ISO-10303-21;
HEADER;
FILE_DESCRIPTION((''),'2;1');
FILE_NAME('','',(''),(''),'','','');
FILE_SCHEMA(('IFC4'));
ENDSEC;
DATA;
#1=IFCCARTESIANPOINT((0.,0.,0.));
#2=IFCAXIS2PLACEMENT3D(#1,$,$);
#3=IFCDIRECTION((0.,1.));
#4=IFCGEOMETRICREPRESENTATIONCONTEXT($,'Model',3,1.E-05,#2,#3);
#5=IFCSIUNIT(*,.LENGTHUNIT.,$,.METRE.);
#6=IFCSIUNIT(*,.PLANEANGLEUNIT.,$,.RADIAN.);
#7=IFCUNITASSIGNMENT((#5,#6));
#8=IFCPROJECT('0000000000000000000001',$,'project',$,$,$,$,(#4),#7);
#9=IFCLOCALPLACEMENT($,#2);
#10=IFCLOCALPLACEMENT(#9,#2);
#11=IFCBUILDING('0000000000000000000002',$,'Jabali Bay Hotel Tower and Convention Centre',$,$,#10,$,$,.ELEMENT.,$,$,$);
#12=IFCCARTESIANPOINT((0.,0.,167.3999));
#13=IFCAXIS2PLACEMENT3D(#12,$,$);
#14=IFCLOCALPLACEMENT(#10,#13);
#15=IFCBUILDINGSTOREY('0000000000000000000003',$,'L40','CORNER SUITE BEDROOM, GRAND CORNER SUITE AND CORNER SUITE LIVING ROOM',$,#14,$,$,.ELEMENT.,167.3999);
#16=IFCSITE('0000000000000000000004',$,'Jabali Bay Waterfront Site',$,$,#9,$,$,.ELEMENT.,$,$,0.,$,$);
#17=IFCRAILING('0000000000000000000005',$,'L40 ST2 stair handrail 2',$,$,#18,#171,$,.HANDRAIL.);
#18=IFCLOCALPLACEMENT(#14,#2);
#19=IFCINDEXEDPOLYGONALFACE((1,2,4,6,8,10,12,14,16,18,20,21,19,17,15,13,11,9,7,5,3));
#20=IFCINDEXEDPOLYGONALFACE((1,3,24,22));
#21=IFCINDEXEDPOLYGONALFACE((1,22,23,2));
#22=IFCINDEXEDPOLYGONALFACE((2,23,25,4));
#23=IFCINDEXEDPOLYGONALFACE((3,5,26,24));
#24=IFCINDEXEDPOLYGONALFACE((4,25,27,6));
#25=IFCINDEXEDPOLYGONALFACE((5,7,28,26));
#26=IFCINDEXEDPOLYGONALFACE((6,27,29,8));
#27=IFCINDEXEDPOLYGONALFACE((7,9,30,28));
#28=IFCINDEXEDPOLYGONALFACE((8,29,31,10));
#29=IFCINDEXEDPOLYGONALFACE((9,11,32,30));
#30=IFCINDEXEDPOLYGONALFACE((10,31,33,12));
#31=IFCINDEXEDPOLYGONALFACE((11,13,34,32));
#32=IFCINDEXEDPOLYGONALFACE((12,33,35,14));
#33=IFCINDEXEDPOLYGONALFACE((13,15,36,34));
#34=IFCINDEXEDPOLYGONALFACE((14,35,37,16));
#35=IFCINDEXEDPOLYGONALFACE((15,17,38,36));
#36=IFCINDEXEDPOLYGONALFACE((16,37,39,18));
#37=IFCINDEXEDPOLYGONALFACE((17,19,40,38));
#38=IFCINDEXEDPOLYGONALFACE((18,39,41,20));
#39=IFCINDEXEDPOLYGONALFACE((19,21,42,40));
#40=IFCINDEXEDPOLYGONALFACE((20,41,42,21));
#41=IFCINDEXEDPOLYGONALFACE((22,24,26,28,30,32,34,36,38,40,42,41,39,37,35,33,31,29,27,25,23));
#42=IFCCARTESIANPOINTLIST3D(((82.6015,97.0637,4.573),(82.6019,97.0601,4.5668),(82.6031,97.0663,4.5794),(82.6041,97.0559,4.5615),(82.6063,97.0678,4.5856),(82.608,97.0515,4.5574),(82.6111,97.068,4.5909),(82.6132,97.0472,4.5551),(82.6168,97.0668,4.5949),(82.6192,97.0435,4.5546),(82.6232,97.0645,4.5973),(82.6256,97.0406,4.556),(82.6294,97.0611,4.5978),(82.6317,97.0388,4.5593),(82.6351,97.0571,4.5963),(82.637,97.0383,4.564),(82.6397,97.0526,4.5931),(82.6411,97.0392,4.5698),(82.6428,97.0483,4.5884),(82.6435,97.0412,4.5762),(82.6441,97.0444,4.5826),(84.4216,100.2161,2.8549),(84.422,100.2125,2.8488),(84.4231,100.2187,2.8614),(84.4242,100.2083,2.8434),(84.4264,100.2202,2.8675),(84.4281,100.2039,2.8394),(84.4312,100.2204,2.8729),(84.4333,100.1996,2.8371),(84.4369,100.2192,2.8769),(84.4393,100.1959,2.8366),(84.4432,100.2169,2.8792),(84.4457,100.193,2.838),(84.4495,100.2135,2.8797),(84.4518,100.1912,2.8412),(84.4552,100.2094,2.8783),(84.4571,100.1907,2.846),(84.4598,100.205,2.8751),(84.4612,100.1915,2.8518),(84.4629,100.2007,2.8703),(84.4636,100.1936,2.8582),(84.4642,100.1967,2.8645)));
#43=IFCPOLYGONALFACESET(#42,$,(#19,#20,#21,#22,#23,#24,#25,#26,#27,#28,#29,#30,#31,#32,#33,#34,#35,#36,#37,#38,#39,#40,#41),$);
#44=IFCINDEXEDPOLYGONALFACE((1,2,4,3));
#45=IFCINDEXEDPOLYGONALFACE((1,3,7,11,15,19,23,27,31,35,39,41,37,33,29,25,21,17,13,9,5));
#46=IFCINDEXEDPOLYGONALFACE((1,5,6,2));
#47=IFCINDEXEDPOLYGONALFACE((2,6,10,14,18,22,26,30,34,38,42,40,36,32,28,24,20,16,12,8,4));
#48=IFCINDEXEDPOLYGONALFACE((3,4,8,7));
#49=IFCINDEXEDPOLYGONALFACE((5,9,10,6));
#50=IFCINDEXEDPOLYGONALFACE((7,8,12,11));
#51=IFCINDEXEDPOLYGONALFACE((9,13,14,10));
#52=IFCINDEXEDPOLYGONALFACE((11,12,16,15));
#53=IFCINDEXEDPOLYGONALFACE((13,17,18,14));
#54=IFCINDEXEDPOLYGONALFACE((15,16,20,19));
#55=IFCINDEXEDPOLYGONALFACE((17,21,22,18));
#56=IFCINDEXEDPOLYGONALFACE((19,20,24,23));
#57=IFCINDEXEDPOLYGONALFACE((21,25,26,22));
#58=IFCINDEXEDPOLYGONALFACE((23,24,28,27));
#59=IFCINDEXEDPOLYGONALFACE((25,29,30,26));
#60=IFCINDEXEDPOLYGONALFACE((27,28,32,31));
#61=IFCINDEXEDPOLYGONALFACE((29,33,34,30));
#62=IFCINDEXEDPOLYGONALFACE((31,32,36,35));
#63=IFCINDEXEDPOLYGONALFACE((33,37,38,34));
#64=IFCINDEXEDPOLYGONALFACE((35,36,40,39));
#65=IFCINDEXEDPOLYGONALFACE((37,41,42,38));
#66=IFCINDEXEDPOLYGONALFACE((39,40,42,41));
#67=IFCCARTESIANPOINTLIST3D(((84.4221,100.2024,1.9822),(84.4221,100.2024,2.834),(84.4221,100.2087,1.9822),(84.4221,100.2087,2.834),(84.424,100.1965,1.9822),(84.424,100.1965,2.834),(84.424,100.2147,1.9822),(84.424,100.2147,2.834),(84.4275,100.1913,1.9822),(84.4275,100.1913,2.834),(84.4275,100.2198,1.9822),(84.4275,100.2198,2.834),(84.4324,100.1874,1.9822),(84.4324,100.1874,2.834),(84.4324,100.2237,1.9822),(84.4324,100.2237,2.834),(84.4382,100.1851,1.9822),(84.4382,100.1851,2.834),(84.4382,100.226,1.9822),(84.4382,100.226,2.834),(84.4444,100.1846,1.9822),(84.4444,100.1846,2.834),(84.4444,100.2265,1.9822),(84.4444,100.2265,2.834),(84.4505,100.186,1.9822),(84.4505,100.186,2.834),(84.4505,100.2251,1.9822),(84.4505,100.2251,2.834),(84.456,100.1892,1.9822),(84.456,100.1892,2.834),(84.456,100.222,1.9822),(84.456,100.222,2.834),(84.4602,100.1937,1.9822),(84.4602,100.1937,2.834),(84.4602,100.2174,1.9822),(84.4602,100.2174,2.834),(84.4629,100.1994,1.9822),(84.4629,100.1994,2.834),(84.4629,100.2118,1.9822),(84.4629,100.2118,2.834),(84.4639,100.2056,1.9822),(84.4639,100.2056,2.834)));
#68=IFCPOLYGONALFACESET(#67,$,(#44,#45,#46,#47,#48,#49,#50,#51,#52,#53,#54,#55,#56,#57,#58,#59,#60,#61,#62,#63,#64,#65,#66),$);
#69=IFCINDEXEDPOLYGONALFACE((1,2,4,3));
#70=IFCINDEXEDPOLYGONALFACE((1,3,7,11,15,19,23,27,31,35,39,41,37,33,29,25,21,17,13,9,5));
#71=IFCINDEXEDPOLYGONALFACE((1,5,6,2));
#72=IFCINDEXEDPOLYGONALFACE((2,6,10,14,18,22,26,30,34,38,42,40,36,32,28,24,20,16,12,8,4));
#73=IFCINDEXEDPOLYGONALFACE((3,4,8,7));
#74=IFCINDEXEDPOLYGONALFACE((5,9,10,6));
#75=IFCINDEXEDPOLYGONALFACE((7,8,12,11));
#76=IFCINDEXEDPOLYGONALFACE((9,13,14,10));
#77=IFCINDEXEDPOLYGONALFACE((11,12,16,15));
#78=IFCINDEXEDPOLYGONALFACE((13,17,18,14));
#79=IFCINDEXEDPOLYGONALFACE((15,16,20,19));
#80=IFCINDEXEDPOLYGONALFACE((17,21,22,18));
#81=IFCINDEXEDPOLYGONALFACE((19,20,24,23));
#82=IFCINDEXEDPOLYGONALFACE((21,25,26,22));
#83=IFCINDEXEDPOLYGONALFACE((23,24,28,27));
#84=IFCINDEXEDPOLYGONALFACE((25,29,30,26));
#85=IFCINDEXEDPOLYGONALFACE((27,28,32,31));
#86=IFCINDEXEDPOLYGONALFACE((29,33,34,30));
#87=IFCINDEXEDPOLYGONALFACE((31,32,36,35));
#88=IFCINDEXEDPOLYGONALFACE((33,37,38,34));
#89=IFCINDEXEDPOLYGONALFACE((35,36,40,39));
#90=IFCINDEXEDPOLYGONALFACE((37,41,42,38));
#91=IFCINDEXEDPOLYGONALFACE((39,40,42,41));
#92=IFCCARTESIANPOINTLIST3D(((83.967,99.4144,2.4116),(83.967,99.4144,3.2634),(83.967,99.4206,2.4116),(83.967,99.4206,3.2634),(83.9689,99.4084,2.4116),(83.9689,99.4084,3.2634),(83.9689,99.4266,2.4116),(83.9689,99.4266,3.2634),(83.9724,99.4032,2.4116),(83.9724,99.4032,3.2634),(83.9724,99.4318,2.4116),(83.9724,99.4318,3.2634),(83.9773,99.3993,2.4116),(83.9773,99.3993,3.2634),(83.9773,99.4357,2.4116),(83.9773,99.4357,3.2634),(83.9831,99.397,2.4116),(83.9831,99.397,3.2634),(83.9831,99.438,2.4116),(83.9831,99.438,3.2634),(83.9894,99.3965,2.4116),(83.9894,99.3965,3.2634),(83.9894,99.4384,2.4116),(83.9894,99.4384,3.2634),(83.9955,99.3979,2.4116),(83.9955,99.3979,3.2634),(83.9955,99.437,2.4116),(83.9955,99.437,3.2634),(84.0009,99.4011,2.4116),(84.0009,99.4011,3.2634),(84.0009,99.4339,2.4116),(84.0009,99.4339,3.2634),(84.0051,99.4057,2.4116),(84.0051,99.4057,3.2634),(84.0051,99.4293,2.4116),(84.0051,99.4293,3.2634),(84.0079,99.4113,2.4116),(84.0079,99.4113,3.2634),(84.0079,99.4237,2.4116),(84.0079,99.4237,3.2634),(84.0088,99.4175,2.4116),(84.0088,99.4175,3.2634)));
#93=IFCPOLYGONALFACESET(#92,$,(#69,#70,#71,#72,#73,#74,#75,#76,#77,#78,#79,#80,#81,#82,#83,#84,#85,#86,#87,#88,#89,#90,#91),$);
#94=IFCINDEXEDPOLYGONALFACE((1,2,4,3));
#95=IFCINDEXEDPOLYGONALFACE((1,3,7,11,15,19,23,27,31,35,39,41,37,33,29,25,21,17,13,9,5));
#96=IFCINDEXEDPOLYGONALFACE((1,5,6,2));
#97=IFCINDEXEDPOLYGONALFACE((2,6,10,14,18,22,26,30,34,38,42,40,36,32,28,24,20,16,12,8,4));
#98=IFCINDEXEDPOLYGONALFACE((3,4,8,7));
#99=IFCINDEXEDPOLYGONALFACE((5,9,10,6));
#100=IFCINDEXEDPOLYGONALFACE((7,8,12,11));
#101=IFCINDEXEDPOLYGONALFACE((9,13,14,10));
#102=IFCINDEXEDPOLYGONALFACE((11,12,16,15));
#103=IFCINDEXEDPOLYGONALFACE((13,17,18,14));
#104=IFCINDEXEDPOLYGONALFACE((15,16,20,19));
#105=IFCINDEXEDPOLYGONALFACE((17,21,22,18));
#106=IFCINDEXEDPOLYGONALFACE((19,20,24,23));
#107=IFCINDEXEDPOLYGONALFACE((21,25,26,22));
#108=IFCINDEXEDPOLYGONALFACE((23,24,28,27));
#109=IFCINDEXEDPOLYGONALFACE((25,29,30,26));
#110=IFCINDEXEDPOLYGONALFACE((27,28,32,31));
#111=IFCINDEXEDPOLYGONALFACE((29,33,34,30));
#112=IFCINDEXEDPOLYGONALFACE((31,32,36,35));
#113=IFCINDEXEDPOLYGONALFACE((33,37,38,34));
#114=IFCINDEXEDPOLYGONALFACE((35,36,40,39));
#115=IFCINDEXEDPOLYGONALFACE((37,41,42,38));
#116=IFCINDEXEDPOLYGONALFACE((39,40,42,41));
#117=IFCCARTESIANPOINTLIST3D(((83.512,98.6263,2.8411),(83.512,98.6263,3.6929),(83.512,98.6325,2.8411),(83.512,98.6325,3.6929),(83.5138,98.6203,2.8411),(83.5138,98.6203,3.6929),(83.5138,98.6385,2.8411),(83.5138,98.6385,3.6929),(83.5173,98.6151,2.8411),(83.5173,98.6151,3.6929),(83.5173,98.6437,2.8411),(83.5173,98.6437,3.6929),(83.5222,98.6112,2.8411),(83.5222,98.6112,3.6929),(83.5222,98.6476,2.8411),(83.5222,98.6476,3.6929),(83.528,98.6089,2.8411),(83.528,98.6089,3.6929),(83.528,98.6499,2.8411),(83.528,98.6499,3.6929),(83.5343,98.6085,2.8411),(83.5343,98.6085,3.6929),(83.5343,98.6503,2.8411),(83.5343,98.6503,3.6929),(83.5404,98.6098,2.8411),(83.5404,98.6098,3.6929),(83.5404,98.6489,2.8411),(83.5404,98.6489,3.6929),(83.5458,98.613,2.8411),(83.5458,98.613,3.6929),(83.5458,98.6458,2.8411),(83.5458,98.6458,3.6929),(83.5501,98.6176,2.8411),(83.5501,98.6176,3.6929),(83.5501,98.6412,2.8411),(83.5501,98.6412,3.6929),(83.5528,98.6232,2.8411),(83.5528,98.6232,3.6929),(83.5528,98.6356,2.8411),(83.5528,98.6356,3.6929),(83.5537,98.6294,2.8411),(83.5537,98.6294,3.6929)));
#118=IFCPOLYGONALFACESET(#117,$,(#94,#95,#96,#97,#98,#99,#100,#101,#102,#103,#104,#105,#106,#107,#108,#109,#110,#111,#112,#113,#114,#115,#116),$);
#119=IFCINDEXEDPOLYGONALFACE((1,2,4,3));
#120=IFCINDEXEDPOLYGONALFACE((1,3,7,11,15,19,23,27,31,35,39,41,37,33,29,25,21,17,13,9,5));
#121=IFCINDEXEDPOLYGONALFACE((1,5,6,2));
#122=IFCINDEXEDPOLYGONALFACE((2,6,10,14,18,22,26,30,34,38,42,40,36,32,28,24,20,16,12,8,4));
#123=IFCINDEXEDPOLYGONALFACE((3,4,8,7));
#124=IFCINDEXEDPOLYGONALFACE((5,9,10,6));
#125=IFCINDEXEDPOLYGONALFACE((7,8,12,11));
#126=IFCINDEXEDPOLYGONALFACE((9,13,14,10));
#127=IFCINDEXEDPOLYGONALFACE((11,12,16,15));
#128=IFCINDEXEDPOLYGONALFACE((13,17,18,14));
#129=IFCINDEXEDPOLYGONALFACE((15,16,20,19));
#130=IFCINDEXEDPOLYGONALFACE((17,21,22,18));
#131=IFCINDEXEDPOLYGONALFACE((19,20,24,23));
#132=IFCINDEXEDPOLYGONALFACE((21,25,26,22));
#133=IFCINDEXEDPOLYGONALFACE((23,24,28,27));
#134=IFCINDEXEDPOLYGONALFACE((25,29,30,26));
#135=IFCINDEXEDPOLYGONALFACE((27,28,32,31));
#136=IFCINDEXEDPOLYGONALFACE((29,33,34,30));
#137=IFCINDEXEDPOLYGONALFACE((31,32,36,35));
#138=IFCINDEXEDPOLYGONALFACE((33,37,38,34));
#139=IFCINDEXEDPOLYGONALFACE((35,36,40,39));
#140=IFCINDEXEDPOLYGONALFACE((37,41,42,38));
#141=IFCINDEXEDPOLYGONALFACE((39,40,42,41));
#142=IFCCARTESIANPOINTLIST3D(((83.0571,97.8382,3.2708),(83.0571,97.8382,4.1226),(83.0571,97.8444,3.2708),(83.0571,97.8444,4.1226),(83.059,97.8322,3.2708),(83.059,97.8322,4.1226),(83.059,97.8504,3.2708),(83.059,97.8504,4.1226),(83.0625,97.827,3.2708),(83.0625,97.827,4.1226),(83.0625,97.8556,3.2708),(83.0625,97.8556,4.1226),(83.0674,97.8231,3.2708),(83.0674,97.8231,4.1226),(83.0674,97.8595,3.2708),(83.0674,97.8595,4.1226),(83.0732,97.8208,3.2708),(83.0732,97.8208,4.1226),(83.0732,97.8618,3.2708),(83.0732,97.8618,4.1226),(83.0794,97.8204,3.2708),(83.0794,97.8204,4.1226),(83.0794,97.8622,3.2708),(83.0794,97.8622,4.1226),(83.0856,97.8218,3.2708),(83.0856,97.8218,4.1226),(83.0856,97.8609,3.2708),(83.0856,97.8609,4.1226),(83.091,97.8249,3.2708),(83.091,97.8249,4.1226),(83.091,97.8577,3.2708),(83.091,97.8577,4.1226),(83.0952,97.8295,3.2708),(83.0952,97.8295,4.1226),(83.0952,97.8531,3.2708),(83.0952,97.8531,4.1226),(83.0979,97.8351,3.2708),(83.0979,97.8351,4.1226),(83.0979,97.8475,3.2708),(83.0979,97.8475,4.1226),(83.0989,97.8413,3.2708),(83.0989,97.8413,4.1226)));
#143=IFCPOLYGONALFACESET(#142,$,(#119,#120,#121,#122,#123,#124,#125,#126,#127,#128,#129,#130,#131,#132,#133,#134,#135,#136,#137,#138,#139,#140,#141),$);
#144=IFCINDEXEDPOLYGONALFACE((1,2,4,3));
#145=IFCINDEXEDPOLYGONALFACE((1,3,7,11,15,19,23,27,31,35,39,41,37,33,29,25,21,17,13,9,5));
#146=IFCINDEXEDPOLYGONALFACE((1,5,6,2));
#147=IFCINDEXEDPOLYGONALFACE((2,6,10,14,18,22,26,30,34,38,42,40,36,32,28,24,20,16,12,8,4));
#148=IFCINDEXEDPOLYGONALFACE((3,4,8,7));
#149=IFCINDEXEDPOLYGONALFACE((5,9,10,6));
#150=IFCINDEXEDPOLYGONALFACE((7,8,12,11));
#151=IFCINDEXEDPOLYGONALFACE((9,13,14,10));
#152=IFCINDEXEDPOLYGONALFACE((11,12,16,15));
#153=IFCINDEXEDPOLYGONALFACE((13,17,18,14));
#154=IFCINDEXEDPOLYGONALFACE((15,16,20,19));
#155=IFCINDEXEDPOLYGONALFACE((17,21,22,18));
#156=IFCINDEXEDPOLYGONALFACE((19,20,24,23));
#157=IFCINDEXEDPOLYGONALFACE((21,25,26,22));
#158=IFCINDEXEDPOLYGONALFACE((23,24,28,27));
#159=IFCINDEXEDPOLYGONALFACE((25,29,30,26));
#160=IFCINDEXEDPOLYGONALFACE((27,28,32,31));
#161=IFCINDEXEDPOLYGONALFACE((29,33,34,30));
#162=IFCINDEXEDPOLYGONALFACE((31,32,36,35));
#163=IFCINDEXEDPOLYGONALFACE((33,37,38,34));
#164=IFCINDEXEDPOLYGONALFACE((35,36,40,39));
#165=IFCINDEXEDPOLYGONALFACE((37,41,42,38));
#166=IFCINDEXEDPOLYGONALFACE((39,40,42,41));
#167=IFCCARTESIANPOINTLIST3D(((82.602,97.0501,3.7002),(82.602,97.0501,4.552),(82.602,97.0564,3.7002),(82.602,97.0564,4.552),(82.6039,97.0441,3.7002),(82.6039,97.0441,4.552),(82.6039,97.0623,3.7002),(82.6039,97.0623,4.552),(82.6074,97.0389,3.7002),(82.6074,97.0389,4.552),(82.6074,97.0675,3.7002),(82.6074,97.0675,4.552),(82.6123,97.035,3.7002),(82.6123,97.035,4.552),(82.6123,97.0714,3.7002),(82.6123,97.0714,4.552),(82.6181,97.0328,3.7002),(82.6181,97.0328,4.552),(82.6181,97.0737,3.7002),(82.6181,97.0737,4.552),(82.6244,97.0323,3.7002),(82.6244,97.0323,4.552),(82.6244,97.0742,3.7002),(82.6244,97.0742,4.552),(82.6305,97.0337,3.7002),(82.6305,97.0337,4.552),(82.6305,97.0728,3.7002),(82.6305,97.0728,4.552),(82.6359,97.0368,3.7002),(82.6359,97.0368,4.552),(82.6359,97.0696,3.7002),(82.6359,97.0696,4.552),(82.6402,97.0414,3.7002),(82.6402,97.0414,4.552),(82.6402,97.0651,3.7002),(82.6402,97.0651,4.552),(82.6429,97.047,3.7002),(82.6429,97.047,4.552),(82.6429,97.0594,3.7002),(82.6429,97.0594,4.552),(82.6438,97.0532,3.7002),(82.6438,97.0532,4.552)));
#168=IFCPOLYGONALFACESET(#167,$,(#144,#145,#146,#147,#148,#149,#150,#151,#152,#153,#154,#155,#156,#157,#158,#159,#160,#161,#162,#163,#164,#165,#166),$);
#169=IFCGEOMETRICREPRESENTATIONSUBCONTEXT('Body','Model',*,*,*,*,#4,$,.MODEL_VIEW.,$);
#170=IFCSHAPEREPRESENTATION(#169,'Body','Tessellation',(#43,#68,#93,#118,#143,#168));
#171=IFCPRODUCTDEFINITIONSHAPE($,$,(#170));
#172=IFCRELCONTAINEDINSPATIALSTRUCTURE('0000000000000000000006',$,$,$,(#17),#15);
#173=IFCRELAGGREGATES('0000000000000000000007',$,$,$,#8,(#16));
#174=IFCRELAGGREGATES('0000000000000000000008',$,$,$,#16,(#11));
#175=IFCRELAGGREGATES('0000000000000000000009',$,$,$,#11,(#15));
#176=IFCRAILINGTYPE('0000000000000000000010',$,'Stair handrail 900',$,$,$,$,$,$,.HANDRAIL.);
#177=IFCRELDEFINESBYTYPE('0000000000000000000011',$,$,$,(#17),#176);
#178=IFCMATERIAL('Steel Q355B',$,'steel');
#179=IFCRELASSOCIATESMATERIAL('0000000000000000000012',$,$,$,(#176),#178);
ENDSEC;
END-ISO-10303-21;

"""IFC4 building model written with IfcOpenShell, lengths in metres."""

from ifc_helpers import new_model, si_unit, direction, frame, origin, origin_2d, place, context, subcontext, project, spatial, circle, extrude, material, type_object, element, save


model = new_model("IFC4")

# Units and contexts
model_context = context("Model", 3, precision=1e-05, world=origin(), true_north=direction((0.0, 1.0)))
body_context = subcontext(model_context, "Body", "Model", "MODEL_VIEW")
ifc_project = project(units=[si_unit("LENGTHUNIT", "METRE"), si_unit("PLANEANGLEUNIT", "RADIAN")], contexts=[model_context])

# Site, building, storey
site_placement = place(None, origin())
site = spatial("IfcSite", under=ifc_project, at=site_placement, Name="Jabali Bay Waterfront Site", CompositionType="ELEMENT", RefElevation=0.0)
building_placement = place(site_placement, origin())
building = spatial("IfcBuilding", under=site, at=building_placement, Name="Jabali Bay Hotel Tower and Convention Centre", CompositionType="ELEMENT")
storey_placement = place(building_placement, frame((0.0, 0.0, 167.3999)))
storey = spatial("IfcBuildingStorey", under=building, at=storey_placement, Name="L40", Description="CORNER SUITE BEDROOM, GRAND CORNER SUITE AND CORNER SUITE LIVING ROOM", CompositionType="ELEMENT", Elevation=167.3999)

# Railing
ifc_material_1 = material(Name="Steel Q355B", Category="steel")
railing_type_1 = type_object("IfcRailingType", Name="Stair handrail 900", PredefinedType="HANDRAIL", material=ifc_material_1)
railing_1_placement = place(storey_placement, frame((84.4429, 100.2056, 1.9822)))
element("IfcRailing", 1, at=railing_1_placement, inside=storey, type_object=railing_type_1, Name="L40 ST2 stair handrail 2", PredefinedType="HANDRAIL", context=body_context, shape_type="SweptSolid", body=[
    extrude(circle(Radius=0.0239, at=origin_2d()), frame((0.0, 0.0, 0.876), z_axis=(-0.452179, -0.78317, 0.426825), x_axis=(0.866018, -0.500013, 0.0)), (0.0, 0.0, 1.0), 4.0251),
    extrude(circle(Radius=0.021, at=origin_2d()), origin(), (0.0, 0.0, 1.0), 0.8518),
    extrude(circle(Radius=0.021, at=origin_2d()), frame((-0.4551, -0.7881, 0.4294)), (0.0, 0.0, 1.0), 0.8518),
    extrude(circle(Radius=0.021, at=origin_2d()), frame((-0.9102, -1.5762, 0.8589)), (0.0, 0.0, 1.0), 0.8518),
    extrude(circle(Radius=0.021, at=origin_2d()), frame((-1.365, -2.3643, 1.2886)), (0.0, 0.0, 1.0), 0.8518),
    extrude(circle(Radius=0.021, at=origin_2d()), frame((-1.8201, -3.1523, 1.718)), (0.0, 0.0, 1.0), 0.8518),
])

save(model, "model.ifc")
